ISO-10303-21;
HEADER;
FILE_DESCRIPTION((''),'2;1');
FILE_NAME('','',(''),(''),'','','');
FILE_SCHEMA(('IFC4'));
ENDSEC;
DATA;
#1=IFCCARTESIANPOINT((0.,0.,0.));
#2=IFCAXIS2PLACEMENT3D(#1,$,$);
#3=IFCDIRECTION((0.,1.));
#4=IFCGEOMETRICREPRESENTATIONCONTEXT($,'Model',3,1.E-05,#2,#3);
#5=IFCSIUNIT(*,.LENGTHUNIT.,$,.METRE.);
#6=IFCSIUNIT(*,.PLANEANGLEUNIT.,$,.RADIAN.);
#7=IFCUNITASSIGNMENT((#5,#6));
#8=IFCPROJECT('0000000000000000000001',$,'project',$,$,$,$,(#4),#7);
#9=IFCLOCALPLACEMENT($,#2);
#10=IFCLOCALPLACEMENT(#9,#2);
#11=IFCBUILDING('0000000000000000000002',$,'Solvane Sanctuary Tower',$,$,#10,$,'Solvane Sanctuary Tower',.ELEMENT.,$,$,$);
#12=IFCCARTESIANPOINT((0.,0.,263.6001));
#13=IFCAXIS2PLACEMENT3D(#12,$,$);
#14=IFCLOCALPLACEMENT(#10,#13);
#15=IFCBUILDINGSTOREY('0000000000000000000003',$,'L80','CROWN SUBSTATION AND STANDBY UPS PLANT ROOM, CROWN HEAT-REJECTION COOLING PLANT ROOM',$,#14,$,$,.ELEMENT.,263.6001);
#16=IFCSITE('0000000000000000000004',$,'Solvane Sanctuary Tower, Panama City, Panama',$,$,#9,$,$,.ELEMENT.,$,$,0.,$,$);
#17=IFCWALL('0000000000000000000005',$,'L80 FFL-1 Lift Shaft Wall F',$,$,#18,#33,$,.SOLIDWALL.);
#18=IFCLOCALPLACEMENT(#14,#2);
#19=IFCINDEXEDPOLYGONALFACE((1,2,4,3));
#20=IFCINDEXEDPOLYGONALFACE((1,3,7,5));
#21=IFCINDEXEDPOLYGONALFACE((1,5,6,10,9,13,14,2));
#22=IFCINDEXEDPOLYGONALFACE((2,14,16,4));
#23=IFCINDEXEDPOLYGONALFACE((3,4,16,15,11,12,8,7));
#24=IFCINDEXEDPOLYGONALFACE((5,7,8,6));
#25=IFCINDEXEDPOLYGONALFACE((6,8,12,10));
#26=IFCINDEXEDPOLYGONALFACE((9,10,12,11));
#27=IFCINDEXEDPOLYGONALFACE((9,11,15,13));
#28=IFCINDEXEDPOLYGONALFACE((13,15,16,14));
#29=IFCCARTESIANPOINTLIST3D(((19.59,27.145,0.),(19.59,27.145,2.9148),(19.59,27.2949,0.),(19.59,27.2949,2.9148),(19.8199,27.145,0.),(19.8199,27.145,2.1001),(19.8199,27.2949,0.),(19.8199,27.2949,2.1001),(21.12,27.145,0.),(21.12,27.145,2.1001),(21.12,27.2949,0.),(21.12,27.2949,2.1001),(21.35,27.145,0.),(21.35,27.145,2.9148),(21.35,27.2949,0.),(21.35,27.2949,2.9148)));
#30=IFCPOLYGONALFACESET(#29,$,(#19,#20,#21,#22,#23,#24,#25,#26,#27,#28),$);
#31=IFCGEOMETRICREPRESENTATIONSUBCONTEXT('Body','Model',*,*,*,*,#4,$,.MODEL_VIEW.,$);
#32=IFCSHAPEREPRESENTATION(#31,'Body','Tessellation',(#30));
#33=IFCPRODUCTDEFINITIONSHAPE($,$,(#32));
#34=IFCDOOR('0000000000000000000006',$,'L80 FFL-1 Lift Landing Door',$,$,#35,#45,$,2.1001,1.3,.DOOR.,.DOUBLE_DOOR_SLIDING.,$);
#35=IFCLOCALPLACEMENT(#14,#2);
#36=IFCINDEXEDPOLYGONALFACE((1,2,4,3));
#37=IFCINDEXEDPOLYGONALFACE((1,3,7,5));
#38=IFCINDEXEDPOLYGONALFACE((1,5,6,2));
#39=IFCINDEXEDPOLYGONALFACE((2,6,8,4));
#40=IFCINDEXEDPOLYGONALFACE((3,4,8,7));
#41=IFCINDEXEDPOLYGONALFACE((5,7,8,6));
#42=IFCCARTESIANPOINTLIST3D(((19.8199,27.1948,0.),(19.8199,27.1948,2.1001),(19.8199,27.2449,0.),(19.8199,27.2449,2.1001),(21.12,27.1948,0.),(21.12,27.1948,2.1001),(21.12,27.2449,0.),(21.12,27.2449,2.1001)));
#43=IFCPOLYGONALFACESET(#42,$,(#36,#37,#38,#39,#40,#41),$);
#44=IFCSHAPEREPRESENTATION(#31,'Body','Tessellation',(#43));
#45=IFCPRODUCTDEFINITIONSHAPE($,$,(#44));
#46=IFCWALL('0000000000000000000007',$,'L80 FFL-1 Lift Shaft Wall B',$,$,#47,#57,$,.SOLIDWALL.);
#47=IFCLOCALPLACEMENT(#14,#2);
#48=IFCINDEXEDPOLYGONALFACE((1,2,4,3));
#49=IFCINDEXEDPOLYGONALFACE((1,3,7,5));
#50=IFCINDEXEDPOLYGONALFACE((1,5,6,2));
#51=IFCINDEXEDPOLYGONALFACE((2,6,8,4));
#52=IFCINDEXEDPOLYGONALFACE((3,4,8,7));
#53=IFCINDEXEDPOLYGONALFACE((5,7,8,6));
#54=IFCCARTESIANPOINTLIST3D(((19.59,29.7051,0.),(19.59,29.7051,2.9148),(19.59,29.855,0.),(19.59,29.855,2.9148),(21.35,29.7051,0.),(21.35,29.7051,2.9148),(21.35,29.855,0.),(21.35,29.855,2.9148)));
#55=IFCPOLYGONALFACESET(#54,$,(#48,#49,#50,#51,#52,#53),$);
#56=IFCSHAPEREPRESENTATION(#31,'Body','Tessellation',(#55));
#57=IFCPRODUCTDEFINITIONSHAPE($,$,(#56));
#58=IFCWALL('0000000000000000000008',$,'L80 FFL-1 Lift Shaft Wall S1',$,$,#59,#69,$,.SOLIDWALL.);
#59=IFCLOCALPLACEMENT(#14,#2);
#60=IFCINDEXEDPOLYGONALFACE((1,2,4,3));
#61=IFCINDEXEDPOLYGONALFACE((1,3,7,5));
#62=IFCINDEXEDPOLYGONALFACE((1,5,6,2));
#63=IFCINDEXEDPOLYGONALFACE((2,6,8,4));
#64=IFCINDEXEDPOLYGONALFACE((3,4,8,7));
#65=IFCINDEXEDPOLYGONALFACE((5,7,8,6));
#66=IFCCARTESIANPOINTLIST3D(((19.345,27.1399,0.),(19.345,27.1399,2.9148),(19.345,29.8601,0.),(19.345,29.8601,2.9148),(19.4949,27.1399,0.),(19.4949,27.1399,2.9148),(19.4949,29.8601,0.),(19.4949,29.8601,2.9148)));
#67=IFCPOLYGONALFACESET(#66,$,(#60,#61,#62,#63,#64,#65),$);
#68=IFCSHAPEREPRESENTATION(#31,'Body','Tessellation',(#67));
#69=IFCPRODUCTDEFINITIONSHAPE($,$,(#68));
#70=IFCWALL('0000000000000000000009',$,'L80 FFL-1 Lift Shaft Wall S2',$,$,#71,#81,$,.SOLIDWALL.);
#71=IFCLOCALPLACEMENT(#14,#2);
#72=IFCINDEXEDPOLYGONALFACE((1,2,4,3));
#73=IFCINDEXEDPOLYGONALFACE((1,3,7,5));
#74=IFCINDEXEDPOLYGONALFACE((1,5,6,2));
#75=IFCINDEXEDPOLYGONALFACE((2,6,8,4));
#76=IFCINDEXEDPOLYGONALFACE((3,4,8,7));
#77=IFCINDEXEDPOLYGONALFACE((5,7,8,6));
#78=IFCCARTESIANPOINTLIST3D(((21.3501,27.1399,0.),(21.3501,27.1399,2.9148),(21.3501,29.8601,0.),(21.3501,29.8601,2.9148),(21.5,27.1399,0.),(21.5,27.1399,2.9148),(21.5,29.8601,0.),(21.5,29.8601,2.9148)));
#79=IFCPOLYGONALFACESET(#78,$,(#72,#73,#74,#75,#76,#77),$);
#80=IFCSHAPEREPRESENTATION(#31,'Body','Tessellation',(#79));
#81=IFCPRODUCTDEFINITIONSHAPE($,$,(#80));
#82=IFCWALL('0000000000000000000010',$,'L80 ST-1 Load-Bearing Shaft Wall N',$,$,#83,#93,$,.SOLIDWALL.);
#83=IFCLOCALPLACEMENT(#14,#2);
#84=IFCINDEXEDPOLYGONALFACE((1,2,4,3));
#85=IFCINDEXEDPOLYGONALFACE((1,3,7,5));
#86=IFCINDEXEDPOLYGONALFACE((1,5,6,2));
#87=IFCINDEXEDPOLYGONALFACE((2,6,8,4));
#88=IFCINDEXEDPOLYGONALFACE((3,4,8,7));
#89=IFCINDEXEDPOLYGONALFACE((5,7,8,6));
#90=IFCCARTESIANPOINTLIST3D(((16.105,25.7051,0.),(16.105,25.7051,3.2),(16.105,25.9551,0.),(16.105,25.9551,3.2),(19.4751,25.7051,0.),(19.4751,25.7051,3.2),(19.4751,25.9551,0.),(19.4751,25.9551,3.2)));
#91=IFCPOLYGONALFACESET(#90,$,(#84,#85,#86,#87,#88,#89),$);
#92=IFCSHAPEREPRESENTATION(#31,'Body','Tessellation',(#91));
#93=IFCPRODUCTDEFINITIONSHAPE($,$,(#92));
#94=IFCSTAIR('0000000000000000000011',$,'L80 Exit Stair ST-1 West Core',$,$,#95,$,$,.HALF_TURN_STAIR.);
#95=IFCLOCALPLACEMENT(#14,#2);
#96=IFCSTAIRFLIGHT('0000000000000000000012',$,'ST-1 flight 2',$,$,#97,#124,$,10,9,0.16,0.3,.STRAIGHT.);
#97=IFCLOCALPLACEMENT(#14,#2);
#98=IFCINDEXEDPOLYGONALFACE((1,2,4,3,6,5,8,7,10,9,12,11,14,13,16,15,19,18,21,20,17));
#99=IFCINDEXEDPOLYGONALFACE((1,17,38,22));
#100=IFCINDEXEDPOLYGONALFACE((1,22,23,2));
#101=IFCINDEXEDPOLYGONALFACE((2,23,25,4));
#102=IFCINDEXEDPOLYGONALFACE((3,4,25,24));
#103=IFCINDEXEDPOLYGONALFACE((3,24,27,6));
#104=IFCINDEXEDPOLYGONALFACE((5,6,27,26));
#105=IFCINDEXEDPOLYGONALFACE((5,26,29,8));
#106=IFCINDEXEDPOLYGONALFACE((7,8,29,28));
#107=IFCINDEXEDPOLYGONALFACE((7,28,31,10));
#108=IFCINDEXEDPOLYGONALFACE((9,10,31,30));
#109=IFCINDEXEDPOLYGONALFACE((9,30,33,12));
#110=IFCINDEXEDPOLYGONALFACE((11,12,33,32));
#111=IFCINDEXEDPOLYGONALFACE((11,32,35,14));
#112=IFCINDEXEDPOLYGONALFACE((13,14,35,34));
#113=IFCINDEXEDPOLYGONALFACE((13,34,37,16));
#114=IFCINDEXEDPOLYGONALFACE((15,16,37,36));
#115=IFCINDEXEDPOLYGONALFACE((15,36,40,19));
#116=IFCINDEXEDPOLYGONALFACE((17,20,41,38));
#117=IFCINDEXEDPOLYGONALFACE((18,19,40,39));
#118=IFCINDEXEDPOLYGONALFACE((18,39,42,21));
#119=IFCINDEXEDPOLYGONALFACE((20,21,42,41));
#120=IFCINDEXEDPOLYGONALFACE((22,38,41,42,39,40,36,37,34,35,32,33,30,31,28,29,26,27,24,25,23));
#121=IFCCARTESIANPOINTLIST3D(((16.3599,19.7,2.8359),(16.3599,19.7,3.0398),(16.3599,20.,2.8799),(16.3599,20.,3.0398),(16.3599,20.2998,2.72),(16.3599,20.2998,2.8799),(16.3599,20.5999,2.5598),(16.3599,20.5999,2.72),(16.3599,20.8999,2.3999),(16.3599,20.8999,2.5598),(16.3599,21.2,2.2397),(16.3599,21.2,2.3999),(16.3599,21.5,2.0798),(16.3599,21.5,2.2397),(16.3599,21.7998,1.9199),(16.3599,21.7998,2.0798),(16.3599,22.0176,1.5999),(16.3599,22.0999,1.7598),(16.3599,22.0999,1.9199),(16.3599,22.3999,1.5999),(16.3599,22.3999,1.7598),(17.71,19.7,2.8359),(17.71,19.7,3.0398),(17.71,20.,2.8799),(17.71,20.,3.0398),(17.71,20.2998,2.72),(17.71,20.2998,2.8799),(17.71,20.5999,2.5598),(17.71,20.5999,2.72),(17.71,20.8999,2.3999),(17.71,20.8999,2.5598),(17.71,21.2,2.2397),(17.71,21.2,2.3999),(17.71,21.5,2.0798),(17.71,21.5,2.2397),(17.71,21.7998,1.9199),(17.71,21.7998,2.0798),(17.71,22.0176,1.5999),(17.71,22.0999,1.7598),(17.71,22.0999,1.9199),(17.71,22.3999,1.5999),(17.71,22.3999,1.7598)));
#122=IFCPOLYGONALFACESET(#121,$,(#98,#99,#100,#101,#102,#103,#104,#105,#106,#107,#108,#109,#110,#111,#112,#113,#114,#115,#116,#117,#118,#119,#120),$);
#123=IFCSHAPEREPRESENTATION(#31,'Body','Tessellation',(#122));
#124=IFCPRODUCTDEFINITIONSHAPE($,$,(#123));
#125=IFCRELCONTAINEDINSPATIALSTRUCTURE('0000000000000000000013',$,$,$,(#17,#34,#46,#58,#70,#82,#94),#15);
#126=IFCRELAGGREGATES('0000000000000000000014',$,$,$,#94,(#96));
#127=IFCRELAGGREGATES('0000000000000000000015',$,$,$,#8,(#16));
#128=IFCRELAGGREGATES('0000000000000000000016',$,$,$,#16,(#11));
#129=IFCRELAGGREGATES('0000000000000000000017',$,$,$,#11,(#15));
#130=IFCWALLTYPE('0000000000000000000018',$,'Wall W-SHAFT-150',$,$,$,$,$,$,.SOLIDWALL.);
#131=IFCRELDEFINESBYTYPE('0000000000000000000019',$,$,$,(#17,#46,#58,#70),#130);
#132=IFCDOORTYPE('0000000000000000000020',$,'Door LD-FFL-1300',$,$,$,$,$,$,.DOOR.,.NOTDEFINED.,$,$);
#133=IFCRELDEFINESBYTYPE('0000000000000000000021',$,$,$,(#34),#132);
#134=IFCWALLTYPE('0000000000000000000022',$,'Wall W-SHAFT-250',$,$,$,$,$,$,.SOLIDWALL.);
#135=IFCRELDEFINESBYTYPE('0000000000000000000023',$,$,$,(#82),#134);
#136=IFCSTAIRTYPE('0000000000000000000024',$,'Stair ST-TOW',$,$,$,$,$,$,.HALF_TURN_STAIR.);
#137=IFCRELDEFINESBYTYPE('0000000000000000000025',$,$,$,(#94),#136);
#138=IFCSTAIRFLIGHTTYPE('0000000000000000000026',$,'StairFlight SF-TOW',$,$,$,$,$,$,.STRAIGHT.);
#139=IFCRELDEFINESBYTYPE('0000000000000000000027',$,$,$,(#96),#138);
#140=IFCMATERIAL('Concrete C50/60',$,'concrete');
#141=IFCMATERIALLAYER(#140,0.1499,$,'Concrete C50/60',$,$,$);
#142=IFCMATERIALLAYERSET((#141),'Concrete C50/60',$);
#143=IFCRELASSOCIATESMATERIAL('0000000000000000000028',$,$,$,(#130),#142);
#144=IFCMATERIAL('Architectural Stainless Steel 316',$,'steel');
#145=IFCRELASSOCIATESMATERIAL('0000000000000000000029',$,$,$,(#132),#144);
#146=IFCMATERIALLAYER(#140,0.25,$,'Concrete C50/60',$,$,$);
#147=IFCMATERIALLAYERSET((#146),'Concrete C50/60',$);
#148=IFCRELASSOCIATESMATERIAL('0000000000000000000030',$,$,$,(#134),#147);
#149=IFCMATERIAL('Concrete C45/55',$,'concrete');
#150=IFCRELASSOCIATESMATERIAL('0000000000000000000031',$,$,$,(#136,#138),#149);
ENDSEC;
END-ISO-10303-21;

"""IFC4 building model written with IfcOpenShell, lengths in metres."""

from ifc_helpers import new_model, si_unit, direction, frame, frame_2d, origin, place, context, subcontext, project, spatial, polyline, rectangle, outline, extrude, material, layer, layer_set, type_object, element, fill, aggregate, save


model = new_model("IFC4")

# Units and contexts
model_context = context("Model", 3, precision=1e-05, world=origin(), true_north=direction((0.0, 1.0)))
body_context = subcontext(model_context, "Body", "Model", "MODEL_VIEW")
ifc_project = project(units=[si_unit("LENGTHUNIT", "METRE"), si_unit("PLANEANGLEUNIT", "RADIAN")], contexts=[model_context])

# Site, building, storey
site_placement = place(None, origin())
site = spatial("IfcSite", under=ifc_project, at=site_placement, Name="Solvane Sanctuary Tower, Panama City, Panama", CompositionType="ELEMENT", RefElevation=0.0)
building_placement = place(site_placement, origin())
building = spatial("IfcBuilding", under=site, at=building_placement, Name="Solvane Sanctuary Tower", LongName="Solvane Sanctuary Tower", CompositionType="ELEMENT")
storey_placement = place(building_placement, frame((0.0, 0.0, 263.6001)))
storey = spatial("IfcBuildingStorey", under=building, at=storey_placement, Name="L80", Description="CROWN SUBSTATION AND STANDBY UPS PLANT ROOM, CROWN HEAT-REJECTION COOLING PLANT ROOM", CompositionType="ELEMENT", Elevation=263.6001)

# Wall, opening, door
ifc_material_1 = material(Name="Concrete C50/60", Category="concrete")
ifc_layer_1 = layer(ifc_material_1, 0.1499, Name="Concrete C50/60")
ifc_layer_set_1 = layer_set([ifc_layer_1], Name="Concrete C50/60")
wall_type_1 = type_object("IfcWallType", Name="Wall W-SHAFT-150", PredefinedType="SOLIDWALL", material=ifc_layer_set_1)
wall_1_placement = place(storey_placement, frame((19.5901, 27.22, 0.0), z_axis=(0.0, 0.0, 1.0), x_axis=(1.0, 0.0, 0.0)))
wall_1 = element("IfcWall", 1, at=wall_1_placement, inside=storey, type_object=wall_type_1, Name="L80 FFL-1 Lift Shaft Wall F", PredefinedType="SOLIDWALL", context=body_context, shape_type="SweptSolid", body=[
    extrude(rectangle(XDim=1.76, YDim=0.1499, at=frame_2d((0.8799, 0.0))), origin(), (0.0, 0.0, 1.0), 2.9148),
])
opening_placement = place(wall_1_placement, frame((0.23, 0.0, 0.0)))
opening = element("IfcOpeningElement", 2, at=opening_placement, cuts=wall_1, PredefinedType="OPENING", context=body_context, shape_type="SweptSolid", body=[
    extrude(rectangle(XDim=1.3, YDim=2.1001, at=frame_2d((0.6499, 1.05))), frame((0.0, 0.085, 0.0), z_axis=(0.0, -1.0, 0.0), x_axis=(1.0, 0.0, 0.0)), (0.0, 0.0, 1.0), 0.1699),
])
ifc_material_2 = material(Name="Architectural Stainless Steel 316", Category="steel")
door_type = type_object("IfcDoorType", Name="Door LD-FFL-1300", OperationType="NOTDEFINED", PredefinedType="DOOR", material=ifc_material_2)
door_placement = place(opening_placement, origin())
door = element("IfcDoor", 3, at=door_placement, inside=storey, type_object=door_type, Name="L80 FFL-1 Lift Landing Door", OperationType="DOUBLE_DOOR_SLIDING", OverallHeight=2.1001, OverallWidth=1.3, PredefinedType="DOOR", context=body_context, shape_type="SweptSolid", body=[
    extrude(rectangle(XDim=1.3, YDim=2.1001, at=frame_2d((0.6499, 1.05))), frame((0.0, 0.0249, 0.0), z_axis=(0.0, -1.0, 0.0), x_axis=(1.0, 0.0, 0.0)), (0.0, 0.0, 1.0), 0.05),
])
fill(opening, door)

# Walls
wall_2_placement = place(storey_placement, frame((19.5901, 29.78, 0.0), z_axis=(0.0, 0.0, 1.0), x_axis=(1.0, 0.0, 0.0)))
element("IfcWall", 4, at=wall_2_placement, inside=storey, type_object=wall_type_1, Name="L80 FFL-1 Lift Shaft Wall B", PredefinedType="SOLIDWALL", context=body_context, shape_type="SweptSolid", body=[
    extrude(rectangle(XDim=1.76, YDim=0.1499, at=frame_2d((0.8799, 0.0))), origin(), (0.0, 0.0, 1.0), 2.9148),
])
for number, where, z_axis, x_axis, name in (
    (5, (19.4199, 27.1399, 0.0), (0.0, 0.0, 1.0), (0.0, 1.0, 0.0), "L80 FFL-1 Lift Shaft Wall S1"),
    (6, (21.425, 27.1399, 0.0), (0.0, 0.0, 1.0), (0.0, 1.0, 0.0), "L80 FFL-1 Lift Shaft Wall S2"),
):
    element("IfcWall", number, at=place(storey_placement, frame(where, z_axis=z_axis, x_axis=x_axis)), inside=storey, type_object=wall_type_1, Name=name, PredefinedType="SOLIDWALL", context=body_context, shape_type="SweptSolid", body=[
        extrude(rectangle(XDim=2.7202, YDim=0.1499, at=frame_2d((1.3601, 0.0))), origin(), (0.0, 0.0, 1.0), 2.9148),
    ])
ifc_layer_2 = layer(ifc_material_1, 0.25, Name="Concrete C50/60")
ifc_layer_set_2 = layer_set([ifc_layer_2], Name="Concrete C50/60")
wall_type_2 = type_object("IfcWallType", Name="Wall W-SHAFT-250", PredefinedType="SOLIDWALL", material=ifc_layer_set_2)
wall_3_placement = place(storey_placement, frame((16.105, 25.8301, 0.0), z_axis=(0.0, 0.0, 1.0), x_axis=(1.0, 0.0, 0.0)))
element("IfcWall", 7, at=wall_3_placement, inside=storey, type_object=wall_type_2, Name="L80 ST-1 Load-Bearing Shaft Wall N", PredefinedType="SOLIDWALL", context=body_context, shape_type="SweptSolid", body=[
    extrude(rectangle(XDim=3.3701, YDim=0.25, at=frame_2d((1.6851, 0.0))), origin(), (0.0, 0.0, 1.0), 3.2),
])

# Stair, stair flight
ifc_material_3 = material(Name="Concrete C45/55", Category="concrete")
stair_type = type_object("IfcStairType", Name="Stair ST-TOW", PredefinedType="HALF_TURN_STAIR", material=ifc_material_3)
stair_placement = place(storey_placement, origin())
stair = element("IfcStair", 8, at=stair_placement, inside=storey, type_object=stair_type, Name="L80 Exit Stair ST-1 West Core", PredefinedType="HALF_TURN_STAIR")
stair_flight_type = type_object("IfcStairFlightType", Name="StairFlight SF-TOW", PredefinedType="STRAIGHT", material=ifc_material_3)
stair_flight_placement = place(storey_placement, frame((17.0349, 22.3999, 1.5999), z_axis=(0.0, 0.0, 1.0), x_axis=(0.0, -1.0, 0.0)))
stair_flight = element("IfcStairFlight", 9, at=stair_flight_placement, type_object=stair_flight_type, Name="ST-1 flight 2", NumberOfRisers=10, NumberOfTreads=9, PredefinedType="STRAIGHT", RiserHeight=0.16, TreadLength=0.3, context=body_context, shape_type="SweptSolid", body=[
    extrude(outline(polyline([(0.0, 0.0), (0.0, 0.1599), (0.3, 0.1599), (0.3, 0.3201), (0.6001, 0.3201), (0.6001, 0.48), (0.8999, 0.48), (0.8999, 0.6399), (1.2, 0.6399), (1.2, 0.8), (1.5, 0.8), (1.5, 0.96), (1.8, 0.96), (1.8, 1.1201), (2.1001, 1.1201), (2.1001, 1.28), (2.3999, 1.28), (2.3999, 1.4399), (2.7, 1.4399), (2.7, 1.6001), (2.7, 1.2361), (0.3823, 0.0), (0.0, 0.0)])), frame((0.0, 0.675, 0.0), z_axis=(0.0, -1.0, 0.0), x_axis=(1.0, 0.0, 0.0)), (0.0, 0.0, 1.0), 1.3501),
])
aggregate(stair, [stair_flight])

save(model, "model.ifc")
